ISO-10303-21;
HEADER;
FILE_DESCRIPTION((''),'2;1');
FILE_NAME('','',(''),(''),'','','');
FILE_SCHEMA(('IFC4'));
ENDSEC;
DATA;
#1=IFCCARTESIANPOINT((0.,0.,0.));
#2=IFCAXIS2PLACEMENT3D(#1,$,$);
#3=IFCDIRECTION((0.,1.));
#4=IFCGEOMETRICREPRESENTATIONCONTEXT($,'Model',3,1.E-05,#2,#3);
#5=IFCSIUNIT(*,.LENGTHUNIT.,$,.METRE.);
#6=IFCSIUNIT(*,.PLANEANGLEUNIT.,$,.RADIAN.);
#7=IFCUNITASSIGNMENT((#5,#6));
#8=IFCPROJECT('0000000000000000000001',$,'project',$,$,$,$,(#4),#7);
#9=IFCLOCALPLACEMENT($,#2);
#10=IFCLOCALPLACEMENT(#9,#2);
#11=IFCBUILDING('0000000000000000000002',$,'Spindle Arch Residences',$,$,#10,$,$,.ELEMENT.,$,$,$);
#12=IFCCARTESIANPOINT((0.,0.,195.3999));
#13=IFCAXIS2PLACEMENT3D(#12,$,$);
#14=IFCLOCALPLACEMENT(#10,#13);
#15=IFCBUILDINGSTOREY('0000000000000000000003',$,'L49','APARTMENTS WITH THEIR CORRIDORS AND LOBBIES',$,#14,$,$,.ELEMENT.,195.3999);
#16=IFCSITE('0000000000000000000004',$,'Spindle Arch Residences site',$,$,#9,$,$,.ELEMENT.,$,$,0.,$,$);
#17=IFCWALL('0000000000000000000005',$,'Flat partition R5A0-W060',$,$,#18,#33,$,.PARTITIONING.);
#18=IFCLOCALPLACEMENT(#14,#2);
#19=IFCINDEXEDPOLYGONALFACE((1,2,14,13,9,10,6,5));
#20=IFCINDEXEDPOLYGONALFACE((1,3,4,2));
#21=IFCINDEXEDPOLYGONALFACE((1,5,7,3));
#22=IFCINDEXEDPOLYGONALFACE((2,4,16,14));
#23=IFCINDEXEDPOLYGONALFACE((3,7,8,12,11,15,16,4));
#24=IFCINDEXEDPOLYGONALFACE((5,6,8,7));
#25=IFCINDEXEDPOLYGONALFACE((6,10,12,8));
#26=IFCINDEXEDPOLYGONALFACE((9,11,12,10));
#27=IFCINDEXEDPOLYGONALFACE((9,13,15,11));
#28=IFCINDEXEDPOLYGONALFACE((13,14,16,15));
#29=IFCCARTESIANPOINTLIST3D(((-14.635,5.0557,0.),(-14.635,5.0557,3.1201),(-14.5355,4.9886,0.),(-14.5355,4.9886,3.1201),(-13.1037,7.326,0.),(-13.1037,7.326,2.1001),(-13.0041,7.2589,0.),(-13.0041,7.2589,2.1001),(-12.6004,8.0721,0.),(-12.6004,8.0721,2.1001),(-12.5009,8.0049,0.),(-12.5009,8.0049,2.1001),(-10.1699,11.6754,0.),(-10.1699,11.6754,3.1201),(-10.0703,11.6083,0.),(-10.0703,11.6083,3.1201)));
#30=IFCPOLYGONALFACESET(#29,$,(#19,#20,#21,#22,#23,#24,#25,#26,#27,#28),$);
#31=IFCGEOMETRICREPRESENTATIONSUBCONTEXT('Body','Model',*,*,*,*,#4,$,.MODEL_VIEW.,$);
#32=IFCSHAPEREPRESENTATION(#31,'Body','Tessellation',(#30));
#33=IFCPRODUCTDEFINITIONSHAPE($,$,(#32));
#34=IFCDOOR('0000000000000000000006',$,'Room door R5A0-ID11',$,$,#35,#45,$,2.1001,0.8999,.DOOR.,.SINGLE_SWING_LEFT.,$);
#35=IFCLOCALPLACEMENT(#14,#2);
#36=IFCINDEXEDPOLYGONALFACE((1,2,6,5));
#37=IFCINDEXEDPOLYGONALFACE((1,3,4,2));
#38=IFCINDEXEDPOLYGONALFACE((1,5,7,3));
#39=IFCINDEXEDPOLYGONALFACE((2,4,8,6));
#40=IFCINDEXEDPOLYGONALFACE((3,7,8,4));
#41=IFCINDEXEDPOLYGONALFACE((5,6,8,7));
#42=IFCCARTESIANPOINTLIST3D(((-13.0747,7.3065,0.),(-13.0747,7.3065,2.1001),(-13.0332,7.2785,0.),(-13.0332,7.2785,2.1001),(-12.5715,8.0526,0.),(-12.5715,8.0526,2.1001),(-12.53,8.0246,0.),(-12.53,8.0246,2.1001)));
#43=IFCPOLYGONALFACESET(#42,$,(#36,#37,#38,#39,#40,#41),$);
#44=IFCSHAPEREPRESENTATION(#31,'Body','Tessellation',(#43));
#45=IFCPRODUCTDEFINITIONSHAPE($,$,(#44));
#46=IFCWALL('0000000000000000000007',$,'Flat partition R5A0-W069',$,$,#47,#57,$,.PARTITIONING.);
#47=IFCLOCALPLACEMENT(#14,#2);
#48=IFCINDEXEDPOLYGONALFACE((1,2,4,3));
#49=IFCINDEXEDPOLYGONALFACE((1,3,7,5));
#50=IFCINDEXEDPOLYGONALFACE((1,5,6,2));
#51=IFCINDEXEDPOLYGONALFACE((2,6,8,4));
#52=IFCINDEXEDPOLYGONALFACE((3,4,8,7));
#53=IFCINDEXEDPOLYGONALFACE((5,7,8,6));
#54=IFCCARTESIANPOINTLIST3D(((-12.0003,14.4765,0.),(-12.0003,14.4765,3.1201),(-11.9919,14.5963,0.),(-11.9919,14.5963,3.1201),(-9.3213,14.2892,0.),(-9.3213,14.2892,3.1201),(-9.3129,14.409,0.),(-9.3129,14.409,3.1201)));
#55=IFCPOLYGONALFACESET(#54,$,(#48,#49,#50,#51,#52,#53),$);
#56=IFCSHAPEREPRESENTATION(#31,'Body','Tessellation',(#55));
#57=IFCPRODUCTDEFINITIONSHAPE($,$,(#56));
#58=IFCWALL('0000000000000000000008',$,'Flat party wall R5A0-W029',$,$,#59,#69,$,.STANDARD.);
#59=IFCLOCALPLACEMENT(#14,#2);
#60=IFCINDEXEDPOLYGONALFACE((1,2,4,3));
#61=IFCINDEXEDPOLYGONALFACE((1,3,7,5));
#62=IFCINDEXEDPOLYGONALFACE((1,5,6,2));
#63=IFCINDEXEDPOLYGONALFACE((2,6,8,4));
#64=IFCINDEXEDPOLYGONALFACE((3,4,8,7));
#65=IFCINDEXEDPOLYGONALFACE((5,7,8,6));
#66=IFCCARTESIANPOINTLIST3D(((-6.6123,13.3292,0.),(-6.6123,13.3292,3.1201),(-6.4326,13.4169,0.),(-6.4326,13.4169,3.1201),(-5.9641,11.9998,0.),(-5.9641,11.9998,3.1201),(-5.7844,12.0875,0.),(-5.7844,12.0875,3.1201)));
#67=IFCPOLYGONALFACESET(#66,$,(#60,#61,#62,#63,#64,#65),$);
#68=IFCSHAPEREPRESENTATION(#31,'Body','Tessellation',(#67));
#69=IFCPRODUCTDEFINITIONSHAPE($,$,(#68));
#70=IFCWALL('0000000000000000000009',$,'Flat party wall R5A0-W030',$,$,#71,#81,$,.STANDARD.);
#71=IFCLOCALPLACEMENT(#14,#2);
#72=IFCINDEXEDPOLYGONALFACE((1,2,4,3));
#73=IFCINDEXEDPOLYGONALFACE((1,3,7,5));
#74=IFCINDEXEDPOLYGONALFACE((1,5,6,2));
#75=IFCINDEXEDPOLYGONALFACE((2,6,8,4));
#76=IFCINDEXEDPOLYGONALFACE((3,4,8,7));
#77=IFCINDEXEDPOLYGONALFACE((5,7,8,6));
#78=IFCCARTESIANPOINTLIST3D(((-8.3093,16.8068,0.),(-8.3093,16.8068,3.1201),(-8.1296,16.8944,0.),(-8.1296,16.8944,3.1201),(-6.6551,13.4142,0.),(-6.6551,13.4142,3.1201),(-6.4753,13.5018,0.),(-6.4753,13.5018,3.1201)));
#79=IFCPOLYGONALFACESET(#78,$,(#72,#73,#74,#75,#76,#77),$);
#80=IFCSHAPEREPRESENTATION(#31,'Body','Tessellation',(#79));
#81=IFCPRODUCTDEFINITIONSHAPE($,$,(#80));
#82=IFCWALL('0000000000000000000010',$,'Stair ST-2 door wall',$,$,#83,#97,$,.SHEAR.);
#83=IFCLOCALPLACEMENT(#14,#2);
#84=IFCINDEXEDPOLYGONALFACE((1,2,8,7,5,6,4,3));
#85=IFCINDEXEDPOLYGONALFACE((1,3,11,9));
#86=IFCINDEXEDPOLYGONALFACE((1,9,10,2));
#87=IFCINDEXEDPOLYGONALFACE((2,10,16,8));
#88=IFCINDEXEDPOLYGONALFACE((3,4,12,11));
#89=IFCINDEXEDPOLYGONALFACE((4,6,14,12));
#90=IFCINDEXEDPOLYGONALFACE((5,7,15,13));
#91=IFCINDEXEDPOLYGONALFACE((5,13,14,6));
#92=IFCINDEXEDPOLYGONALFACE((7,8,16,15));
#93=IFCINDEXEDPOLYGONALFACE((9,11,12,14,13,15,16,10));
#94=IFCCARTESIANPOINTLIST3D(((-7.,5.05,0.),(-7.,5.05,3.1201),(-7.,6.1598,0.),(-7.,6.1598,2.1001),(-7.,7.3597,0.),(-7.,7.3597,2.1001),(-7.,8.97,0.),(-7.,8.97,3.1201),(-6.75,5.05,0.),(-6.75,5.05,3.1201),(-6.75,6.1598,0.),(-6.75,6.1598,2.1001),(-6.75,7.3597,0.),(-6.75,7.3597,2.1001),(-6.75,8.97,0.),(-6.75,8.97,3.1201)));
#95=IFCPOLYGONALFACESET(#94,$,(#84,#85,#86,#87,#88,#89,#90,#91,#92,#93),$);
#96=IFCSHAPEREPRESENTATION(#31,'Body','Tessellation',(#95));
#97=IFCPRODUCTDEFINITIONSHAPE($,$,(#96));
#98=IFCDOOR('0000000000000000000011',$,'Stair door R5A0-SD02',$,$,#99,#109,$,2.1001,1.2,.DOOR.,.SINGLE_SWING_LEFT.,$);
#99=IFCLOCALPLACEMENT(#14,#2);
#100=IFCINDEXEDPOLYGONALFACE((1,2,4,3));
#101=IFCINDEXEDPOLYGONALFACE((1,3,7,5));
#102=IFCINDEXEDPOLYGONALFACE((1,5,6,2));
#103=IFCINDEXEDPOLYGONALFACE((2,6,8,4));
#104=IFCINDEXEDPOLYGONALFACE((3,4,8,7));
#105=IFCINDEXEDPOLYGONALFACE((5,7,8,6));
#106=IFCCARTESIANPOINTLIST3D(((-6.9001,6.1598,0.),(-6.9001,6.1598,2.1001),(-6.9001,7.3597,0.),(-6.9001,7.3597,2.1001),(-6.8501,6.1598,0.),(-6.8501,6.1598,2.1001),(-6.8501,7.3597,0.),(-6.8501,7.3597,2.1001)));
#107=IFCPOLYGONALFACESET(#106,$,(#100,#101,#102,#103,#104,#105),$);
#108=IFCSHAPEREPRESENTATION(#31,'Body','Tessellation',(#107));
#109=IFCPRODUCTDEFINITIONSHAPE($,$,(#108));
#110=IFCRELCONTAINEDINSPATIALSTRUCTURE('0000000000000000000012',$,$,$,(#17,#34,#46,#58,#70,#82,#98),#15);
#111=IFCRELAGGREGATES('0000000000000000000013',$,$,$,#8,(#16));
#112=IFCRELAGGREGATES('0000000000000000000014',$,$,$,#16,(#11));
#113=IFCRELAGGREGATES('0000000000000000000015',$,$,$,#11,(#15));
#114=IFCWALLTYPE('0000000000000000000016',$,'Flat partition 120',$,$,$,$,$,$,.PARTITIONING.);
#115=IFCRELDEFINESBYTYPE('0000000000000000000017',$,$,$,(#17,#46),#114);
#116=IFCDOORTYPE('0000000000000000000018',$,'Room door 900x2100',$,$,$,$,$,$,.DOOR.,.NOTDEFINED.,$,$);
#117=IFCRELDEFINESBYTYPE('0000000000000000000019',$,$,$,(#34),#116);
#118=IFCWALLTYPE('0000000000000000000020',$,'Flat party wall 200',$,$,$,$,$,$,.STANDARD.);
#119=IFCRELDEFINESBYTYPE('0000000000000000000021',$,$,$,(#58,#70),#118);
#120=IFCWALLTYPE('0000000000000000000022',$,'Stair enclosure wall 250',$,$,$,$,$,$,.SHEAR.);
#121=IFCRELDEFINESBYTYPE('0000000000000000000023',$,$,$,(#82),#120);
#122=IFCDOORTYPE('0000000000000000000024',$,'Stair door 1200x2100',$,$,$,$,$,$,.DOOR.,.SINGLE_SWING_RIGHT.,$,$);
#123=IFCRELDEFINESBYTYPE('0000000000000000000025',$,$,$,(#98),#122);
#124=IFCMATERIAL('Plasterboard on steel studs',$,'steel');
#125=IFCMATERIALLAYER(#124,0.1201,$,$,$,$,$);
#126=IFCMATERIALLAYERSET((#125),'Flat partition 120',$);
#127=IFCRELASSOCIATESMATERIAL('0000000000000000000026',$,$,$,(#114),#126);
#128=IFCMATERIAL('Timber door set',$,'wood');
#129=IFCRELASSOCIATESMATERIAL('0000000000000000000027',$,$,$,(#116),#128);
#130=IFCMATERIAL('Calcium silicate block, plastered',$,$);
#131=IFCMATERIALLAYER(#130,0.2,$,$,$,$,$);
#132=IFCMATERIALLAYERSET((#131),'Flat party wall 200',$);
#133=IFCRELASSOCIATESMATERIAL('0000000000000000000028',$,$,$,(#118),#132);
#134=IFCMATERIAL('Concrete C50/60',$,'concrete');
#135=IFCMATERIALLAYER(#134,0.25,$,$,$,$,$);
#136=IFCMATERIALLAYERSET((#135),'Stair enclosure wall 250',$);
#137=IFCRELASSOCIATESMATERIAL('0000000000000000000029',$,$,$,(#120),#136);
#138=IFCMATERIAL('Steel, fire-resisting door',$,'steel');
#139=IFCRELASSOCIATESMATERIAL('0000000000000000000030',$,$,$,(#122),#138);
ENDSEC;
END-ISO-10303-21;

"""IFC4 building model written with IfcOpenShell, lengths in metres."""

from ifc_helpers import new_model, si_unit, direction, frame, frame_2d, origin, place, context, subcontext, project, spatial, rectangle, extrude, material, layer, layer_set, type_object, element, fill, save


model = new_model("IFC4")

# Units and contexts
model_context = context("Model", 3, precision=1e-05, world=origin(), true_north=direction((0.0, 1.0)))
body_context = subcontext(model_context, "Body", "Model", "MODEL_VIEW")
ifc_project = project(units=[si_unit("LENGTHUNIT", "METRE"), si_unit("PLANEANGLEUNIT", "RADIAN")], contexts=[model_context])

# Site, building, storey
site_placement = place(None, origin())
site = spatial("IfcSite", under=ifc_project, at=site_placement, Name="Spindle Arch Residences site", CompositionType="ELEMENT", RefElevation=0.0)
building_placement = place(site_placement, origin())
building = spatial("IfcBuilding", under=site, at=building_placement, Name="Spindle Arch Residences", CompositionType="ELEMENT")
storey_placement = place(building_placement, frame((0.0, 0.0, 195.3999)))
storey = spatial("IfcBuildingStorey", under=building, at=storey_placement, Name="L49", Description="APARTMENTS WITH THEIR CORRIDORS AND LOBBIES", CompositionType="ELEMENT", Elevation=195.3999)

# Shared definitions
ifc_material_1 = material(Name="Plasterboard on steel studs", Category="steel")
ifc_layer_1 = layer(ifc_material_1, 0.1201)
ifc_layer_set_1 = layer_set([ifc_layer_1], Name="Flat partition 120")
wall_type_1 = type_object("IfcWallType", Name="Flat partition 120", PredefinedType="PARTITIONING", material=ifc_layer_set_1)

# Shared definitions
ifc_material_2 = material(Name="Timber door set", Category="wood")
door_type_1 = type_object("IfcDoorType", Name="Room door 900x2100", OperationType="NOTDEFINED", PredefinedType="DOOR", material=ifc_material_2)

# Wall, opening, door
wall_1_placement = place(storey_placement, frame((-10.1201, 11.6418, 0.0), z_axis=(0.0, 0.0, 1.0), x_axis=(-0.559201, -0.829032, 0.0)))
wall_1 = element("IfcWall", 1, at=wall_1_placement, inside=storey, type_object=wall_type_1, Name="Flat partition R5A0-W060", PredefinedType="PARTITIONING", context=body_context, shape_type="SweptSolid", body=[
    extrude(rectangle(XDim=7.9849, YDim=0.1201, at=frame_2d((3.9924, 0.0))), origin(), (0.0, 0.0, 1.0), 3.1201),
])
opening_1_placement = place(wall_1_placement, frame((4.3464, 0.0, 0.0)))
opening_1 = element("IfcOpeningElement", 2, at=opening_1_placement, cuts=wall_1, PredefinedType="OPENING", context=body_context, shape_type="SweptSolid", body=[
    extrude(rectangle(XDim=0.8999, YDim=2.1001, at=frame_2d((0.45, 1.05))), frame((0.0, 0.0701, 0.0), z_axis=(0.0, -1.0, 0.0), x_axis=(1.0, 0.0, 0.0)), (0.0, 0.0, 1.0), 0.1401),
])
door_1_placement = place(opening_1_placement, origin())
door_1 = element("IfcDoor", 3, at=door_1_placement, inside=storey, type_object=door_type_1, Name="Room door R5A0-ID11", OperationType="SINGLE_SWING_LEFT", OverallHeight=2.1001, OverallWidth=0.8999, PredefinedType="DOOR", context=body_context, shape_type="SweptSolid", body=[
    extrude(rectangle(XDim=0.8999, YDim=2.1001, at=frame_2d((0.45, 1.05))), frame((0.0, 0.0249, 0.0), z_axis=(0.0, -1.0, 0.0), x_axis=(1.0, 0.0, 0.0)), (0.0, 0.0, 1.0), 0.05),
])
fill(opening_1, door_1)

# Walls
wall_2_placement = place(storey_placement, frame((-11.9961, 14.5364, 0.0), z_axis=(0.0, 0.0, 1.0), x_axis=(0.997566, -0.069729, 0.0)))
element("IfcWall", 4, at=wall_2_placement, inside=storey, type_object=wall_type_1, Name="Flat partition R5A0-W069", PredefinedType="PARTITIONING", context=body_context, shape_type="SweptSolid", body=[
    extrude(rectangle(XDim=2.6855, YDim=0.1201, at=frame_2d((1.3428, 0.0))), origin(), (0.0, 0.0, 1.0), 3.1201),
])
ifc_material_3 = material(Name="Calcium silicate block, plastered")
ifc_layer_2 = layer(ifc_material_3, 0.2)
ifc_layer_set_2 = layer_set([ifc_layer_2], Name="Flat party wall 200")
wall_type_2 = type_object("IfcWallType", Name="Flat party wall 200", PredefinedType="STANDARD", material=ifc_layer_set_2)
wall_3_placement = place(storey_placement, frame((-6.5225, 13.373, 0.0), z_axis=(0.0, 0.0, 1.0), x_axis=(0.438277, -0.89884, 0.0)))
element("IfcWall", 5, at=wall_3_placement, inside=storey, type_object=wall_type_2, Name="Flat party wall R5A0-W029", PredefinedType="STANDARD", context=body_context, shape_type="SweptSolid", body=[
    extrude(rectangle(XDim=1.479, YDim=0.2, at=frame_2d((0.7395, 0.0))), origin(), (0.0, 0.0, 1.0), 3.1201),
])
wall_4_placement = place(storey_placement, frame((-8.2195, 16.8506, 0.0), z_axis=(0.0, 0.0, 1.0), x_axis=(0.438291, -0.898833, 0.0)))
element("IfcWall", 6, at=wall_4_placement, inside=storey, type_object=wall_type_2, Name="Flat party wall R5A0-W030", PredefinedType="STANDARD", context=body_context, shape_type="SweptSolid", body=[
    extrude(rectangle(XDim=3.7744, YDim=0.2, at=frame_2d((1.8872, 0.0))), origin(), (0.0, 0.0, 1.0), 3.1201),
])

# Wall, opening, door
ifc_material_4 = material(Name="Concrete C50/60", Category="concrete")
ifc_layer_3 = layer(ifc_material_4, 0.25)
ifc_layer_set_3 = layer_set([ifc_layer_3], Name="Stair enclosure wall 250")
wall_type_3 = type_object("IfcWallType", Name="Stair enclosure wall 250", PredefinedType="SHEAR", material=ifc_layer_set_3)
wall_5_placement = place(storey_placement, frame((-6.875, 8.97, 0.0), z_axis=(0.0, 0.0, 1.0), x_axis=(0.0, -1.0, 0.0)))
wall_5 = element("IfcWall", 7, at=wall_5_placement, inside=storey, type_object=wall_type_3, Name="Stair ST-2 door wall", PredefinedType="SHEAR", context=body_context, shape_type="SweptSolid", body=[
    extrude(rectangle(XDim=3.9199, YDim=0.25, at=frame_2d((1.96, 0.0))), origin(), (0.0, 0.0, 1.0), 3.1201),
])
opening_2_placement = place(wall_5_placement, frame((1.6101, 0.0, 0.0)))
opening_2 = element("IfcOpeningElement", 8, at=opening_2_placement, cuts=wall_5, PredefinedType="OPENING", context=body_context, shape_type="SweptSolid", body=[
    extrude(rectangle(XDim=1.2, YDim=2.1001, at=frame_2d((0.6001, 1.05))), frame((0.0, 0.135, 0.0), z_axis=(0.0, -1.0, 0.0), x_axis=(1.0, 0.0, 0.0)), (0.0, 0.0, 1.0), 0.27),
])
ifc_material_5 = material(Name="Steel, fire-resisting door", Category="steel")
door_type_2 = type_object("IfcDoorType", Name="Stair door 1200x2100", OperationType="SINGLE_SWING_RIGHT", PredefinedType="DOOR", material=ifc_material_5)
door_2_placement = place(opening_2_placement, origin())
door_2 = element("IfcDoor", 9, at=door_2_placement, inside=storey, type_object=door_type_2, Name="Stair door R5A0-SD02", OperationType="SINGLE_SWING_LEFT", OverallHeight=2.1001, OverallWidth=1.2, PredefinedType="DOOR", context=body_context, shape_type="SweptSolid", body=[
    extrude(rectangle(XDim=1.2, YDim=2.1001, at=frame_2d((0.6001, 1.05))), frame((0.0, 0.0249, 0.0), z_axis=(0.0, -1.0, 0.0), x_axis=(1.0, 0.0, 0.0)), (0.0, 0.0, 1.0), 0.05),
])
fill(opening_2, door_2)

save(model, "model.ifc")
